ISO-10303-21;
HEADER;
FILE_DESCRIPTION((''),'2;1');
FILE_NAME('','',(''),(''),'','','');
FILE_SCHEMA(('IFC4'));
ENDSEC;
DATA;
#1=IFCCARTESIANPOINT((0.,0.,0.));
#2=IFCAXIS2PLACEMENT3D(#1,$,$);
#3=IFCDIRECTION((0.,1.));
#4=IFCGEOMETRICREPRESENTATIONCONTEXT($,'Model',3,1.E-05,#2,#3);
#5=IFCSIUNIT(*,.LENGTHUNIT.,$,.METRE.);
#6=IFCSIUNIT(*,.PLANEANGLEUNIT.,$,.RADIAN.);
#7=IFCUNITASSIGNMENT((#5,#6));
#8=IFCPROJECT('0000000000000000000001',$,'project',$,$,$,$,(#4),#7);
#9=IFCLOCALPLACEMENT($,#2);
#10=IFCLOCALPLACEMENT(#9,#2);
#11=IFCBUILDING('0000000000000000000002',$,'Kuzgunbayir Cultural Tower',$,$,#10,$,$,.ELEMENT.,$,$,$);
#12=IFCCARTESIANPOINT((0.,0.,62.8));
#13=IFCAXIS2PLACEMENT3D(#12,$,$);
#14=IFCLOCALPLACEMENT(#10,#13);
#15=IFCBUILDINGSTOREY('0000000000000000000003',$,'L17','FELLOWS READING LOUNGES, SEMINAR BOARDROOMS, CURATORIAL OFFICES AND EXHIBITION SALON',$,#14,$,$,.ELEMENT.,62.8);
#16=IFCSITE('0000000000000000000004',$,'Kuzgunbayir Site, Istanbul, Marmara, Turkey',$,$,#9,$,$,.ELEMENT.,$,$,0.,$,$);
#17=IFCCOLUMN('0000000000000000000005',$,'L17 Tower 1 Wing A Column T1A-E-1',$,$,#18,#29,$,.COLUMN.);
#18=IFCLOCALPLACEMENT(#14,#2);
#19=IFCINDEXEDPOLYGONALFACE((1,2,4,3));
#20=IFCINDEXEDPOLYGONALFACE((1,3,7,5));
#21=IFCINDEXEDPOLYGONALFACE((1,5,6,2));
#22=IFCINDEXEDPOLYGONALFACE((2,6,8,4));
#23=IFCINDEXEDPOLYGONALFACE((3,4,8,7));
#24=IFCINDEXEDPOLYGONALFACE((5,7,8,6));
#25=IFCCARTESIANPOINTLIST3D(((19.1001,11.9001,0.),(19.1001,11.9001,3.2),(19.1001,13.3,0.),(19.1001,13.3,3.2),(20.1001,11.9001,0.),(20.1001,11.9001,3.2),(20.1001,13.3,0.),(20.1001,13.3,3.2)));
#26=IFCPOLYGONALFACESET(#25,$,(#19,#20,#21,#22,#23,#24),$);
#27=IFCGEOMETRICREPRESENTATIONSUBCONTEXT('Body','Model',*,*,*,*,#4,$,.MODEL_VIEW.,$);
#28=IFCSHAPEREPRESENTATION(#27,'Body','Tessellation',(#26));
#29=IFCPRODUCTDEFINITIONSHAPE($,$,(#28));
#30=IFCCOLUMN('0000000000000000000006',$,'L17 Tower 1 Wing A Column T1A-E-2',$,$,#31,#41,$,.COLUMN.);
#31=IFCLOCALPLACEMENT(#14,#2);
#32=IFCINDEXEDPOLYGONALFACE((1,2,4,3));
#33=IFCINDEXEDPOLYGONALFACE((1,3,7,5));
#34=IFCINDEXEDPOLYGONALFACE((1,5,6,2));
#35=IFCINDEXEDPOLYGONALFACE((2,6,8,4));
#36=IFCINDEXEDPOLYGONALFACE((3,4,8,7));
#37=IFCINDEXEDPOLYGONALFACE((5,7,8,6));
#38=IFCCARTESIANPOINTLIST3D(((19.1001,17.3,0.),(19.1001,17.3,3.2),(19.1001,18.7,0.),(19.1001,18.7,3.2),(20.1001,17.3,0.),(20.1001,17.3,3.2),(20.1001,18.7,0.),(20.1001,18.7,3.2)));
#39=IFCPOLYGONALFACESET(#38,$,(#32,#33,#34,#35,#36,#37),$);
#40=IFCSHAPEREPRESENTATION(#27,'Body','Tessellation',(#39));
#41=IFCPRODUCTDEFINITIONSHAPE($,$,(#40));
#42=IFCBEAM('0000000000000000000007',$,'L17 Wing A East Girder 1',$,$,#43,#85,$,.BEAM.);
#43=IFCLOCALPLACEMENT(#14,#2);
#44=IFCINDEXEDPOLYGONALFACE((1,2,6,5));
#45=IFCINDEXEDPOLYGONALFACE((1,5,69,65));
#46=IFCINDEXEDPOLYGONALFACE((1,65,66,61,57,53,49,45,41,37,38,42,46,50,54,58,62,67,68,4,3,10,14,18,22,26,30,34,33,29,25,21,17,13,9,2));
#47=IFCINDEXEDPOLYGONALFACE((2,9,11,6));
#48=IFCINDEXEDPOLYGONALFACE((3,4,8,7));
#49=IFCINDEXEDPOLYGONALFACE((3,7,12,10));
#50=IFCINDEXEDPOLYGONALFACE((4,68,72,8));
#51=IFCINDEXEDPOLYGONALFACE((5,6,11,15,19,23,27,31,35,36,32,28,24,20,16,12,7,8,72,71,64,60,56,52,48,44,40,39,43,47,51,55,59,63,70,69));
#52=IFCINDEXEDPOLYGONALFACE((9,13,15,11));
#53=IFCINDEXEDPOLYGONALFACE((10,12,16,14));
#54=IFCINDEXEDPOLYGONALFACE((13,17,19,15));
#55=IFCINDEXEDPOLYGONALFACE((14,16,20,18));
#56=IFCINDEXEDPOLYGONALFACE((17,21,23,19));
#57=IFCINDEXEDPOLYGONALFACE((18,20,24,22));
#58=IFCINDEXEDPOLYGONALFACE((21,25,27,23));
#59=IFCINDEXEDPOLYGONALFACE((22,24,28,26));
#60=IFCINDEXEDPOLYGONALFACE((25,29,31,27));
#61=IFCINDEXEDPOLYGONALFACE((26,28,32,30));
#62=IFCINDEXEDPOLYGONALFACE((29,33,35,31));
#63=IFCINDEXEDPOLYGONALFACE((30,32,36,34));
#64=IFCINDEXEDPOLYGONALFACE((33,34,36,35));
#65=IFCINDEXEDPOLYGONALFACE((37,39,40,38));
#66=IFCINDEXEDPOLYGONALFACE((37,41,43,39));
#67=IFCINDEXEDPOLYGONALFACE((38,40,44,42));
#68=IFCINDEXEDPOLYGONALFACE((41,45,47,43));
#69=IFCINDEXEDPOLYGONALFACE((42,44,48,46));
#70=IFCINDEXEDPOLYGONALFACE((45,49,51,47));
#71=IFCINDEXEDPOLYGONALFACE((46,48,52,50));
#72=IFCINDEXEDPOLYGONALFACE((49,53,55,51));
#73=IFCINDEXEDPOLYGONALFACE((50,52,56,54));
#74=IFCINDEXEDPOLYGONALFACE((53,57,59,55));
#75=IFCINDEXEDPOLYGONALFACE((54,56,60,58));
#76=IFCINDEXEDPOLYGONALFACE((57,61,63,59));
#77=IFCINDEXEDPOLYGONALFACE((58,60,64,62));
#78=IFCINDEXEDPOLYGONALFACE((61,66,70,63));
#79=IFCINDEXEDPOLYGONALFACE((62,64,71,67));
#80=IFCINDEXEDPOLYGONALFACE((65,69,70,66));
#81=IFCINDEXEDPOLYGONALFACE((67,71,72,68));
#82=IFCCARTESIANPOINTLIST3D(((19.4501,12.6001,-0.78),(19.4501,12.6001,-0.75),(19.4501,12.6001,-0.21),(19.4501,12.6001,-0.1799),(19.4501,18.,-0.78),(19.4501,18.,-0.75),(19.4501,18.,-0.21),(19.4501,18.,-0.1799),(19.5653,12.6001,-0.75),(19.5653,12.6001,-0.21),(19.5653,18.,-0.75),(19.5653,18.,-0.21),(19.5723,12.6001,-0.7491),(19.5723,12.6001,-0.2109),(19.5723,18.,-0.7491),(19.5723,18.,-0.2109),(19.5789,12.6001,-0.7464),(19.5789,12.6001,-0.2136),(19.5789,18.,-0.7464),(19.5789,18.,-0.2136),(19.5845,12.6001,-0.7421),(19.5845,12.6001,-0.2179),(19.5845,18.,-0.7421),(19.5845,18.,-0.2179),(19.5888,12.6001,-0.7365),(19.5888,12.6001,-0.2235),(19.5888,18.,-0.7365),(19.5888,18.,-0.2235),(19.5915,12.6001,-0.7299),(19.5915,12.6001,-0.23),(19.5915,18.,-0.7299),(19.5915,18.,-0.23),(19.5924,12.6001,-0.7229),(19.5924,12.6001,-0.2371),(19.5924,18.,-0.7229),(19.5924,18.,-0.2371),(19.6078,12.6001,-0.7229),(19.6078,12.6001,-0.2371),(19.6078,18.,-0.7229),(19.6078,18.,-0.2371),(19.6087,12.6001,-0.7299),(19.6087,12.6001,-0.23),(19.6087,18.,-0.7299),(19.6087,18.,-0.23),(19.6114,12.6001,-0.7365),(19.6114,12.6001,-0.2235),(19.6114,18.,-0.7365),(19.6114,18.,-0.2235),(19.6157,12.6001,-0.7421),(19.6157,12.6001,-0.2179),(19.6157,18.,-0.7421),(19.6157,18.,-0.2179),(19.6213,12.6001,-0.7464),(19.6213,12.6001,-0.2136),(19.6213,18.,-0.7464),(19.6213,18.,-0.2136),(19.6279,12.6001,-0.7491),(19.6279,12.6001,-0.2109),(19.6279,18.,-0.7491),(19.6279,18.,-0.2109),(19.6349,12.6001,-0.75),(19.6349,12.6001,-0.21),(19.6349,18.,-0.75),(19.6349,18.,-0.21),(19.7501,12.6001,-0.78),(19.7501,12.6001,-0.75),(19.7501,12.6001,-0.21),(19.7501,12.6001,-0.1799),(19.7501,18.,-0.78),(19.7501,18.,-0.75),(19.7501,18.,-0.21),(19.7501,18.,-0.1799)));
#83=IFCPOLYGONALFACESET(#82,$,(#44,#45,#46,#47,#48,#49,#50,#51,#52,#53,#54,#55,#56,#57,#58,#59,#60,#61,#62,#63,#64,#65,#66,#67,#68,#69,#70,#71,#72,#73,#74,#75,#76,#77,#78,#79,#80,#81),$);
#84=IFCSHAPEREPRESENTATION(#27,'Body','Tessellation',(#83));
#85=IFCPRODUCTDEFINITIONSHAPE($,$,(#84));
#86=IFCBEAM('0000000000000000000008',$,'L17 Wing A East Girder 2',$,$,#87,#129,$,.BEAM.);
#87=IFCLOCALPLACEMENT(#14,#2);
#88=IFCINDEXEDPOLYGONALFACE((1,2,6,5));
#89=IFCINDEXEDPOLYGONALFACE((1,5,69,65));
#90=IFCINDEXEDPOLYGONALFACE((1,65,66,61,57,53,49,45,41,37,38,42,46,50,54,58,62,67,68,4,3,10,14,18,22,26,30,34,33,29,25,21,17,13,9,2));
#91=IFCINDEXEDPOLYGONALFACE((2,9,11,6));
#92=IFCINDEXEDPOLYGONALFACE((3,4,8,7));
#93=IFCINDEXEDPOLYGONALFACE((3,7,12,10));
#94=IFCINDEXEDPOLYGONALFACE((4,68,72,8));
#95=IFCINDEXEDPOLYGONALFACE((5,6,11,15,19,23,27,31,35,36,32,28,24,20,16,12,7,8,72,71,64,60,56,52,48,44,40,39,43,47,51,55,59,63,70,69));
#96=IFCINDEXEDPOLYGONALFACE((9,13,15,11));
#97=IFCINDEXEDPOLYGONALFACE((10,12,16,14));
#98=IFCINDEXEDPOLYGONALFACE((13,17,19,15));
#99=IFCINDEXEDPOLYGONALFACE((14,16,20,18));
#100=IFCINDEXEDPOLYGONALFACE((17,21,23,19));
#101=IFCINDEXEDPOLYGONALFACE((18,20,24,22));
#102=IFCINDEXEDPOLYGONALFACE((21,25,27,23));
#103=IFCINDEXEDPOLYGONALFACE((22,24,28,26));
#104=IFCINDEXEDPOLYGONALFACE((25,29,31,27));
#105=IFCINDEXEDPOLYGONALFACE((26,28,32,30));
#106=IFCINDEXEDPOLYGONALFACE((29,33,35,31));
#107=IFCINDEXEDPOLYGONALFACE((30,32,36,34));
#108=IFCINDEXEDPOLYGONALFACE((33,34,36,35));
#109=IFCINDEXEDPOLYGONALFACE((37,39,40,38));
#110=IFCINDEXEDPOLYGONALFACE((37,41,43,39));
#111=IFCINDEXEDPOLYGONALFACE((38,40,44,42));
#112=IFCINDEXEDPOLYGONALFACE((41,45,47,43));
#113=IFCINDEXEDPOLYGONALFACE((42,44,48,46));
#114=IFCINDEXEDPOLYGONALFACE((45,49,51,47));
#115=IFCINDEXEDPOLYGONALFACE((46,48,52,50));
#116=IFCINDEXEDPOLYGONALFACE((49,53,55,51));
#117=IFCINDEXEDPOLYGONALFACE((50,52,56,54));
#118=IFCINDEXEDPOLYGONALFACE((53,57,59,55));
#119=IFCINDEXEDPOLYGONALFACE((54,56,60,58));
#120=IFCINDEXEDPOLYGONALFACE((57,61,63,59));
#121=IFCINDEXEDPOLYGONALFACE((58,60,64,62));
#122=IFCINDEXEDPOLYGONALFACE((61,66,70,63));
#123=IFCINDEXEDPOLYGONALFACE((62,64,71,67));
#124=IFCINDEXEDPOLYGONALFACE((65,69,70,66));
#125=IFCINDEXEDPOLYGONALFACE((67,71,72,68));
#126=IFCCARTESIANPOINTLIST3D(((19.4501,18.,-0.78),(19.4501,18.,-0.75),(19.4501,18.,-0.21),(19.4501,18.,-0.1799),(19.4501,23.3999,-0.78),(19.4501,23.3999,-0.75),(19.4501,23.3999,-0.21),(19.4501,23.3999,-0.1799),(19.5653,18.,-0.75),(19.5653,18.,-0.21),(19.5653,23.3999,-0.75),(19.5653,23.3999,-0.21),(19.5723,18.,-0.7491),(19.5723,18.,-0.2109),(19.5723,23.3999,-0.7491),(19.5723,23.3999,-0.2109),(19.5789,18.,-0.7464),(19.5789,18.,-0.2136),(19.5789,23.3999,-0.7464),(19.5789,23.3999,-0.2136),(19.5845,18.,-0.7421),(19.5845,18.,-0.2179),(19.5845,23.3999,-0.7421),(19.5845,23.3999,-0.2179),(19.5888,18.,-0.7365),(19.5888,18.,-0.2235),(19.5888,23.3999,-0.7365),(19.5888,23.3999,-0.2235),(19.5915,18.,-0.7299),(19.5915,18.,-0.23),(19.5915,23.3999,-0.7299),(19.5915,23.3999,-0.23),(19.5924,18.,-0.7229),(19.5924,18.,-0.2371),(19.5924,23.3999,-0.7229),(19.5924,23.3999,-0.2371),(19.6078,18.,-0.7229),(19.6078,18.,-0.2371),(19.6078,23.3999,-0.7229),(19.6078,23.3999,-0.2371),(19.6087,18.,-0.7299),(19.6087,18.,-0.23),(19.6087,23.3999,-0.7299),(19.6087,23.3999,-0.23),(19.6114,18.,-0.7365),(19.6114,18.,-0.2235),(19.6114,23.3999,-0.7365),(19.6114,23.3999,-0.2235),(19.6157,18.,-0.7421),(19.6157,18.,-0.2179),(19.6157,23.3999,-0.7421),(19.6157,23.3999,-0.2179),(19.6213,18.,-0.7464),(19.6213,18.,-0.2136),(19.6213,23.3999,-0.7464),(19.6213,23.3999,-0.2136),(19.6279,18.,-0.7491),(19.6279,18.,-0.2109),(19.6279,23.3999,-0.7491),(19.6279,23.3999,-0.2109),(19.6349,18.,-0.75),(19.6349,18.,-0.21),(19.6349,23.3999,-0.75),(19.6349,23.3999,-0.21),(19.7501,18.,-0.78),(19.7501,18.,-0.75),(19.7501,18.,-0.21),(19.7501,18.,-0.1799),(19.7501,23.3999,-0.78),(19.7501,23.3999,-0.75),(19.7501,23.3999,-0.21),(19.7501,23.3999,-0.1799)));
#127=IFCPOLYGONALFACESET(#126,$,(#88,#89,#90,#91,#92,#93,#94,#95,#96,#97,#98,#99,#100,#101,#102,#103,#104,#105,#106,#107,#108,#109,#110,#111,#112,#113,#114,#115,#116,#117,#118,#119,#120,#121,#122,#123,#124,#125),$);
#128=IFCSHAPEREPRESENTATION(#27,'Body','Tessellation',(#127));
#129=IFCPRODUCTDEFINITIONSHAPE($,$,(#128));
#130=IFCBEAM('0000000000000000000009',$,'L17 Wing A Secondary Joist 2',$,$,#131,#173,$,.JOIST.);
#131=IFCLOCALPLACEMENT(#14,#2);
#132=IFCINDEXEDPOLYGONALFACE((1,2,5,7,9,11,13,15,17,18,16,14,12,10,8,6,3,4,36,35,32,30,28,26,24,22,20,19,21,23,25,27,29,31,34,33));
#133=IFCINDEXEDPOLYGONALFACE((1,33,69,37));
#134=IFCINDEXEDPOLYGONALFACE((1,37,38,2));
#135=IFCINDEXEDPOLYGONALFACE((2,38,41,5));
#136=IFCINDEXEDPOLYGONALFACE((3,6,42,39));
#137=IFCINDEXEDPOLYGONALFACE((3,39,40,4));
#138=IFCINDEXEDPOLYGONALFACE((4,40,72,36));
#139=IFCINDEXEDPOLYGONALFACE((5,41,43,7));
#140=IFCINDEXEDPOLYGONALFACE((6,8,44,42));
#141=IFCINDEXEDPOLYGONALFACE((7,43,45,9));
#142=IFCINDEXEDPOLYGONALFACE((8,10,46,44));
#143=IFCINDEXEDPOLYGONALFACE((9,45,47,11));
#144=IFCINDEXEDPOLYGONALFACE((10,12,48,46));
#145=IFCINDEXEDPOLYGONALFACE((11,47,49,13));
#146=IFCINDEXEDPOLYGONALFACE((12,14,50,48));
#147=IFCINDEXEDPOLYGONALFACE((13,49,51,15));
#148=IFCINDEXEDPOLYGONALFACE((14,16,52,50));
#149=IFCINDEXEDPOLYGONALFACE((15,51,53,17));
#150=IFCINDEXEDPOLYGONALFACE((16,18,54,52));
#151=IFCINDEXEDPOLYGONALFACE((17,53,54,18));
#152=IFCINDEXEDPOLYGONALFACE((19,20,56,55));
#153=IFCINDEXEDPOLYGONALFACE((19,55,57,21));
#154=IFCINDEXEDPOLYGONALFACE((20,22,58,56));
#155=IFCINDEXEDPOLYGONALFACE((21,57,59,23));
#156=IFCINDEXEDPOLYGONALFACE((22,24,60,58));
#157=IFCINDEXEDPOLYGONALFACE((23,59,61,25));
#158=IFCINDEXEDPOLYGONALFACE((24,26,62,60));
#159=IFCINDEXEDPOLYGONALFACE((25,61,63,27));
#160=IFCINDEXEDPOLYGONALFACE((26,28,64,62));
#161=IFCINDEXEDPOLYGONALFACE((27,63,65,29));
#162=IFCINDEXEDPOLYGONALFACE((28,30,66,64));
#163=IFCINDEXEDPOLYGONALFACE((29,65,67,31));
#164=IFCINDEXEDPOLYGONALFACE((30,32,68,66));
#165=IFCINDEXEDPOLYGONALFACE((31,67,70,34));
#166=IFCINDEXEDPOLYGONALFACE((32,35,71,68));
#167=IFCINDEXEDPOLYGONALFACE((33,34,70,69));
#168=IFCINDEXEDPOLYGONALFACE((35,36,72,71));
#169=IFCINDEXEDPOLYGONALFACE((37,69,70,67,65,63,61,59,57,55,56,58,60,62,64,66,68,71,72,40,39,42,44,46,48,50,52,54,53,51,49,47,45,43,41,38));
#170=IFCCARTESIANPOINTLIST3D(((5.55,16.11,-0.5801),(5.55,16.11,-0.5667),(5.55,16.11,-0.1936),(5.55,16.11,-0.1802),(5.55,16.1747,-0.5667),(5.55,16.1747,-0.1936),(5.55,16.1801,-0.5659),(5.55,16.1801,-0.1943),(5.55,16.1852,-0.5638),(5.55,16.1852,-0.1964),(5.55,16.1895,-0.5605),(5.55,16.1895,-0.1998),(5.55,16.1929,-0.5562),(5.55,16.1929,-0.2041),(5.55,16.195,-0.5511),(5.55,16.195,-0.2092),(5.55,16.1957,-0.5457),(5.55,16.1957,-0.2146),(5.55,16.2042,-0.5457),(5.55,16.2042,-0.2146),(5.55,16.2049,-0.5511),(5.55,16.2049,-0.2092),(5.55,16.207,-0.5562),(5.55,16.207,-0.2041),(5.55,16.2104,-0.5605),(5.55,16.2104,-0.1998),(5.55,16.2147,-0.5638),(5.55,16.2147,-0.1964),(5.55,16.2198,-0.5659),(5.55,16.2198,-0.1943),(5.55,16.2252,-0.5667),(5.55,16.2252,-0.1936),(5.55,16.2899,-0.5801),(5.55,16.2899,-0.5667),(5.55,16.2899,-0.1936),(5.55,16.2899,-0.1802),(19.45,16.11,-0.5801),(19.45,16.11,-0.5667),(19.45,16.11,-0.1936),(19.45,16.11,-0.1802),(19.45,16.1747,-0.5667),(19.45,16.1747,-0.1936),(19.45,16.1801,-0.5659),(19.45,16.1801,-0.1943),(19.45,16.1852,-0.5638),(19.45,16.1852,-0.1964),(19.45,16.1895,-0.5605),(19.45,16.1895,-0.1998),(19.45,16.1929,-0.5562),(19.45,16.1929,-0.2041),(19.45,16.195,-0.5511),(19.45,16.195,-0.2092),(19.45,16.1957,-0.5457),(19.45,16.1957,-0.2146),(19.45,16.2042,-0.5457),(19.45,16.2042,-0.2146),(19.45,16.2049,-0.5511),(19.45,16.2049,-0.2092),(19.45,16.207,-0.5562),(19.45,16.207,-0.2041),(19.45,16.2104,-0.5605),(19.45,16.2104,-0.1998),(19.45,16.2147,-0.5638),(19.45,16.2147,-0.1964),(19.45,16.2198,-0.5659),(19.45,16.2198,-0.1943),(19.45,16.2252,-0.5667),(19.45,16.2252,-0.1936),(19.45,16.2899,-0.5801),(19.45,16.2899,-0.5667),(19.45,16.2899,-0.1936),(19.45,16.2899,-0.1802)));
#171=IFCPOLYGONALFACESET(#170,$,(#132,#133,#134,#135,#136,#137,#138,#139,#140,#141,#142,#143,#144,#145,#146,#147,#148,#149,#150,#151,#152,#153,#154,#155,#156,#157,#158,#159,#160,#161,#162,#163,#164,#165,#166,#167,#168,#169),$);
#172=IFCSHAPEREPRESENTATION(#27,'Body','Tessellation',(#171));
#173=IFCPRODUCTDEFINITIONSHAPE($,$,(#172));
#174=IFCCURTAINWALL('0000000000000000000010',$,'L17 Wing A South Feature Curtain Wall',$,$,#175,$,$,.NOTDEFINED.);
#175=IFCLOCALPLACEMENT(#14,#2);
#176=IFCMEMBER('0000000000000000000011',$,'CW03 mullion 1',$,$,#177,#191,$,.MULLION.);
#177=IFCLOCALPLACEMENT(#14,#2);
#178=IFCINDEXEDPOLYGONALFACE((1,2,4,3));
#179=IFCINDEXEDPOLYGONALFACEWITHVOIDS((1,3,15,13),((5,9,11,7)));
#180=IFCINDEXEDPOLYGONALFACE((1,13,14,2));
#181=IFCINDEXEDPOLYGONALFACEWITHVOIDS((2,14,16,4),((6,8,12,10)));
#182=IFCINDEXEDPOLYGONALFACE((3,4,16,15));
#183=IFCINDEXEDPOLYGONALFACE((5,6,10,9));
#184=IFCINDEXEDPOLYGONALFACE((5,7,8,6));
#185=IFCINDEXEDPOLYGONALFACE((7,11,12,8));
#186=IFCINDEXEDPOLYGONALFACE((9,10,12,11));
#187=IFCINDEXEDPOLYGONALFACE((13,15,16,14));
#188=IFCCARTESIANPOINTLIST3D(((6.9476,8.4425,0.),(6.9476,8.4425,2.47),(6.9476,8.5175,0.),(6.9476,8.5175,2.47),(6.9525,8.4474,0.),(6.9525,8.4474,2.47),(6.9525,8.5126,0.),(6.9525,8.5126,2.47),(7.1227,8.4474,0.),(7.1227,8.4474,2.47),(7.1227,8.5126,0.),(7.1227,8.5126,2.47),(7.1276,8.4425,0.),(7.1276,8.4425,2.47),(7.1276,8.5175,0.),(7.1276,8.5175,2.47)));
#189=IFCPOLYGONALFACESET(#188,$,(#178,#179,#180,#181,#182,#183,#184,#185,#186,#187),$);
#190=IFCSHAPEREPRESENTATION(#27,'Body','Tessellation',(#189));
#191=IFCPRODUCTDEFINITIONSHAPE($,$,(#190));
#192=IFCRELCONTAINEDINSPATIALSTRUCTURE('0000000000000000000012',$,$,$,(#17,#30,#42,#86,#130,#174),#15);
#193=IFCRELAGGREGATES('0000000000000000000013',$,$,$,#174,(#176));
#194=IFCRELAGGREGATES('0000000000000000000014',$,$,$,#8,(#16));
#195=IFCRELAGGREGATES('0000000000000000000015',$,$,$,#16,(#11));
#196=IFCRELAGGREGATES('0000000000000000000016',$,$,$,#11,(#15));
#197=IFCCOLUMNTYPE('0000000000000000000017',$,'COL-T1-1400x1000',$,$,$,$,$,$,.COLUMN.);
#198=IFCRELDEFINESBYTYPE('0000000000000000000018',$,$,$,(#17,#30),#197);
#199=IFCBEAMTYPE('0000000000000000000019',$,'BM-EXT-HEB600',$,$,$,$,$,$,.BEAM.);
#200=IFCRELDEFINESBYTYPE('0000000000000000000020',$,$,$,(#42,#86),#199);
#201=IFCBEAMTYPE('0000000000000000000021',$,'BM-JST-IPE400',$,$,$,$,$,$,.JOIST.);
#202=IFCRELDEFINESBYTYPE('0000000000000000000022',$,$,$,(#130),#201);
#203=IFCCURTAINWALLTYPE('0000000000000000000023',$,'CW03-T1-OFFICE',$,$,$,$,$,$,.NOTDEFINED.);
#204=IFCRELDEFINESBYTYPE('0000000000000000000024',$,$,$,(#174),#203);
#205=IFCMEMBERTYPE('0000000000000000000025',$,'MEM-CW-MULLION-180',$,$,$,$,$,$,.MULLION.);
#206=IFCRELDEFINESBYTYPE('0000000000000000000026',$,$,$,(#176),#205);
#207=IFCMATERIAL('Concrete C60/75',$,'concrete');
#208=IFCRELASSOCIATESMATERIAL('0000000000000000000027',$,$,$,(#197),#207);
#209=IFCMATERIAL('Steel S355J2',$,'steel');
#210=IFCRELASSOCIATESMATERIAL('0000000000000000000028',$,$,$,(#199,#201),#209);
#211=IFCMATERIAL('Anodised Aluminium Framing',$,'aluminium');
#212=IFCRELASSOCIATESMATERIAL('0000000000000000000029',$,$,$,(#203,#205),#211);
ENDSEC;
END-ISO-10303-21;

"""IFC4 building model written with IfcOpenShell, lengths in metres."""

from ifc_helpers import new_model, si_unit, direction, frame, origin, origin_2d, place, context, subcontext, project, spatial, rectangle, hollow_rectangle, i_section, extrude, material, material_profile, profile_set, type_object, element, aggregate, save


model = new_model("IFC4")

# Units and contexts
model_context = context("Model", 3, precision=1e-05, world=origin(), true_north=direction((0.0, 1.0)))
body_context = subcontext(model_context, "Body", "Model", "MODEL_VIEW")
ifc_project = project(units=[si_unit("LENGTHUNIT", "METRE"), si_unit("PLANEANGLEUNIT", "RADIAN")], contexts=[model_context])

# Site, building, storey
site_placement = place(None, origin())
site = spatial("IfcSite", under=ifc_project, at=site_placement, Name="Kuzgunbayir Site, Istanbul, Marmara, Turkey", CompositionType="ELEMENT", RefElevation=0.0)
building_placement = place(site_placement, origin())
building = spatial("IfcBuilding", under=site, at=building_placement, Name="Kuzgunbayir Cultural Tower", CompositionType="ELEMENT")
storey_placement = place(building_placement, frame((0.0, 0.0, 62.8)))
storey = spatial("IfcBuildingStorey", under=building, at=storey_placement, Name="L17", Description="FELLOWS READING LOUNGES, SEMINAR BOARDROOMS, CURATORIAL OFFICES AND EXHIBITION SALON", CompositionType="ELEMENT", Elevation=62.8)

# Columns
ifc_material_1 = material(Name="Concrete C60/75", Category="concrete")
ifc_material_profile_1 = material_profile(ifc_material_1, rectangle(XDim=1.0, YDim=1.3999, at=origin_2d()), Name="RC 1400x1000")
ifc_profile_set_1 = profile_set([ifc_material_profile_1], Name="Concrete C60/75")
column_type = type_object("IfcColumnType", Name="COL-T1-1400x1000", PredefinedType="COLUMN", material=ifc_profile_set_1)
for number, where, z_axis, x_axis, name in (
    (1, (19.6001, 12.6001, 0.0), (0.0, 0.0, 1.0), (1.0, 0.0, 0.0), "L17 Tower 1 Wing A Column T1A-E-1"),
    (2, (19.6001, 18.0, 0.0), (0.0, 0.0, 1.0), (1.0, 0.0, 0.0), "L17 Tower 1 Wing A Column T1A-E-2"),
):
    element("IfcColumn", number, at=place(storey_placement, frame(where, z_axis=z_axis, x_axis=x_axis)), inside=storey, type_object=column_type, Name=name, PredefinedType="COLUMN", context=body_context, shape_type="SweptSolid", body=[
        extrude(rectangle(XDim=1.0, YDim=1.3999, at=origin_2d()), origin(), (0.0, 0.0, 1.0), 3.2),
    ])

# Beams
ifc_material_2 = material(Name="Steel S355J2", Category="steel")
ifc_material_profile_2 = material_profile(ifc_material_2, i_section(OverallWidth=0.3, OverallDepth=0.6001, WebThickness=0.0154, FlangeThickness=0.03, FilletRadius=0.0271, at=origin_2d()), Name="HEB 600")
ifc_profile_set_2 = profile_set([ifc_material_profile_2], Name="Steel S355J2")
beam_type_1 = type_object("IfcBeamType", Name="BM-EXT-HEB600", PredefinedType="BEAM", material=ifc_profile_set_2)
for number, where, z_axis, x_axis, name in (
    (3, (19.6001, 12.6001, -0.48), (0.0, 1.0, 0.0), (-1.0, 0.0, 0.0), "L17 Wing A East Girder 1"),
    (4, (19.6001, 18.0, -0.48), (0.0, 1.0, 0.0), (-1.0, 0.0, 0.0), "L17 Wing A East Girder 2"),
):
    element("IfcBeam", number, at=place(storey_placement, frame(where, z_axis=z_axis, x_axis=x_axis)), inside=storey, type_object=beam_type_1, Name=name, PredefinedType="BEAM", context=body_context, shape_type="SweptSolid", body=[
        extrude(i_section(OverallWidth=0.3, OverallDepth=0.6001, WebThickness=0.0154, FlangeThickness=0.03, FilletRadius=0.0271, at=origin_2d()), origin(), (0.0, 0.0, 1.0), 5.3999),
    ])
ifc_material_profile_3 = material_profile(ifc_material_2, i_section(OverallWidth=0.1799, OverallDepth=0.3999, WebThickness=0.0085, FlangeThickness=0.0134, FilletRadius=0.021, at=origin_2d()), Name="IPE 400")
ifc_profile_set_3 = profile_set([ifc_material_profile_3], Name="Steel S355J2")
beam_type_2 = type_object("IfcBeamType", Name="BM-JST-IPE400", PredefinedType="JOIST", material=ifc_profile_set_3)
beam_placement = place(storey_placement, frame((5.55, 16.2, -0.3801), z_axis=(1.0, 0.0, 0.0), x_axis=(0.0, 1.0, 0.0)))
element("IfcBeam", 5, at=beam_placement, inside=storey, type_object=beam_type_2, Name="L17 Wing A Secondary Joist 2", PredefinedType="JOIST", context=body_context, shape_type="SweptSolid", body=[
    extrude(i_section(OverallWidth=0.1799, OverallDepth=0.3999, WebThickness=0.0085, FlangeThickness=0.0134, FilletRadius=0.021, at=origin_2d()), origin(), (0.0, 0.0, 1.0), 13.8999),
])

# Curtain wall, member
ifc_material_3 = material(Name="Anodised Aluminium Framing", Category="aluminium")
curtain_wall_type = type_object("IfcCurtainWallType", Name="CW03-T1-OFFICE", PredefinedType="NOTDEFINED", material=ifc_material_3)
curtain_wall_placement = place(storey_placement, origin())
curtain_wall = element("IfcCurtainWall", 6, at=curtain_wall_placement, inside=storey, type_object=curtain_wall_type, Name="L17 Wing A South Feature Curtain Wall", PredefinedType="NOTDEFINED")
ifc_material_profile_4 = material_profile(ifc_material_3, hollow_rectangle(XDim=0.075, YDim=0.1799, WallThickness=0.0049, at=origin_2d()), Name="RHS 180x75x5")
ifc_profile_set_4 = profile_set([ifc_material_profile_4], Name="Anodised Aluminium Framing")
member_type_1 = type_object("IfcMemberType", Name="MEM-CW-MULLION-180", PredefinedType="MULLION", material=ifc_profile_set_4)
member_1_placement = place(storey_placement, frame((7.0376, 8.48, 0.0), z_axis=(0.0, 0.0, 1.0), x_axis=(0.0, 1.0, 0.0)))
member_1 = element("IfcMember", 7, at=member_1_placement, type_object=member_type_1, Name="CW03 mullion 1", PredefinedType="MULLION", context=body_context, shape_type="SweptSolid", body=[
    extrude(hollow_rectangle(XDim=0.075, YDim=0.1799, WallThickness=0.0049, at=origin_2d()), origin(), (0.0, 0.0, 1.0), 2.47),
])
aggregate(curtain_wall, [member_1])

save(model, "model.ifc")
